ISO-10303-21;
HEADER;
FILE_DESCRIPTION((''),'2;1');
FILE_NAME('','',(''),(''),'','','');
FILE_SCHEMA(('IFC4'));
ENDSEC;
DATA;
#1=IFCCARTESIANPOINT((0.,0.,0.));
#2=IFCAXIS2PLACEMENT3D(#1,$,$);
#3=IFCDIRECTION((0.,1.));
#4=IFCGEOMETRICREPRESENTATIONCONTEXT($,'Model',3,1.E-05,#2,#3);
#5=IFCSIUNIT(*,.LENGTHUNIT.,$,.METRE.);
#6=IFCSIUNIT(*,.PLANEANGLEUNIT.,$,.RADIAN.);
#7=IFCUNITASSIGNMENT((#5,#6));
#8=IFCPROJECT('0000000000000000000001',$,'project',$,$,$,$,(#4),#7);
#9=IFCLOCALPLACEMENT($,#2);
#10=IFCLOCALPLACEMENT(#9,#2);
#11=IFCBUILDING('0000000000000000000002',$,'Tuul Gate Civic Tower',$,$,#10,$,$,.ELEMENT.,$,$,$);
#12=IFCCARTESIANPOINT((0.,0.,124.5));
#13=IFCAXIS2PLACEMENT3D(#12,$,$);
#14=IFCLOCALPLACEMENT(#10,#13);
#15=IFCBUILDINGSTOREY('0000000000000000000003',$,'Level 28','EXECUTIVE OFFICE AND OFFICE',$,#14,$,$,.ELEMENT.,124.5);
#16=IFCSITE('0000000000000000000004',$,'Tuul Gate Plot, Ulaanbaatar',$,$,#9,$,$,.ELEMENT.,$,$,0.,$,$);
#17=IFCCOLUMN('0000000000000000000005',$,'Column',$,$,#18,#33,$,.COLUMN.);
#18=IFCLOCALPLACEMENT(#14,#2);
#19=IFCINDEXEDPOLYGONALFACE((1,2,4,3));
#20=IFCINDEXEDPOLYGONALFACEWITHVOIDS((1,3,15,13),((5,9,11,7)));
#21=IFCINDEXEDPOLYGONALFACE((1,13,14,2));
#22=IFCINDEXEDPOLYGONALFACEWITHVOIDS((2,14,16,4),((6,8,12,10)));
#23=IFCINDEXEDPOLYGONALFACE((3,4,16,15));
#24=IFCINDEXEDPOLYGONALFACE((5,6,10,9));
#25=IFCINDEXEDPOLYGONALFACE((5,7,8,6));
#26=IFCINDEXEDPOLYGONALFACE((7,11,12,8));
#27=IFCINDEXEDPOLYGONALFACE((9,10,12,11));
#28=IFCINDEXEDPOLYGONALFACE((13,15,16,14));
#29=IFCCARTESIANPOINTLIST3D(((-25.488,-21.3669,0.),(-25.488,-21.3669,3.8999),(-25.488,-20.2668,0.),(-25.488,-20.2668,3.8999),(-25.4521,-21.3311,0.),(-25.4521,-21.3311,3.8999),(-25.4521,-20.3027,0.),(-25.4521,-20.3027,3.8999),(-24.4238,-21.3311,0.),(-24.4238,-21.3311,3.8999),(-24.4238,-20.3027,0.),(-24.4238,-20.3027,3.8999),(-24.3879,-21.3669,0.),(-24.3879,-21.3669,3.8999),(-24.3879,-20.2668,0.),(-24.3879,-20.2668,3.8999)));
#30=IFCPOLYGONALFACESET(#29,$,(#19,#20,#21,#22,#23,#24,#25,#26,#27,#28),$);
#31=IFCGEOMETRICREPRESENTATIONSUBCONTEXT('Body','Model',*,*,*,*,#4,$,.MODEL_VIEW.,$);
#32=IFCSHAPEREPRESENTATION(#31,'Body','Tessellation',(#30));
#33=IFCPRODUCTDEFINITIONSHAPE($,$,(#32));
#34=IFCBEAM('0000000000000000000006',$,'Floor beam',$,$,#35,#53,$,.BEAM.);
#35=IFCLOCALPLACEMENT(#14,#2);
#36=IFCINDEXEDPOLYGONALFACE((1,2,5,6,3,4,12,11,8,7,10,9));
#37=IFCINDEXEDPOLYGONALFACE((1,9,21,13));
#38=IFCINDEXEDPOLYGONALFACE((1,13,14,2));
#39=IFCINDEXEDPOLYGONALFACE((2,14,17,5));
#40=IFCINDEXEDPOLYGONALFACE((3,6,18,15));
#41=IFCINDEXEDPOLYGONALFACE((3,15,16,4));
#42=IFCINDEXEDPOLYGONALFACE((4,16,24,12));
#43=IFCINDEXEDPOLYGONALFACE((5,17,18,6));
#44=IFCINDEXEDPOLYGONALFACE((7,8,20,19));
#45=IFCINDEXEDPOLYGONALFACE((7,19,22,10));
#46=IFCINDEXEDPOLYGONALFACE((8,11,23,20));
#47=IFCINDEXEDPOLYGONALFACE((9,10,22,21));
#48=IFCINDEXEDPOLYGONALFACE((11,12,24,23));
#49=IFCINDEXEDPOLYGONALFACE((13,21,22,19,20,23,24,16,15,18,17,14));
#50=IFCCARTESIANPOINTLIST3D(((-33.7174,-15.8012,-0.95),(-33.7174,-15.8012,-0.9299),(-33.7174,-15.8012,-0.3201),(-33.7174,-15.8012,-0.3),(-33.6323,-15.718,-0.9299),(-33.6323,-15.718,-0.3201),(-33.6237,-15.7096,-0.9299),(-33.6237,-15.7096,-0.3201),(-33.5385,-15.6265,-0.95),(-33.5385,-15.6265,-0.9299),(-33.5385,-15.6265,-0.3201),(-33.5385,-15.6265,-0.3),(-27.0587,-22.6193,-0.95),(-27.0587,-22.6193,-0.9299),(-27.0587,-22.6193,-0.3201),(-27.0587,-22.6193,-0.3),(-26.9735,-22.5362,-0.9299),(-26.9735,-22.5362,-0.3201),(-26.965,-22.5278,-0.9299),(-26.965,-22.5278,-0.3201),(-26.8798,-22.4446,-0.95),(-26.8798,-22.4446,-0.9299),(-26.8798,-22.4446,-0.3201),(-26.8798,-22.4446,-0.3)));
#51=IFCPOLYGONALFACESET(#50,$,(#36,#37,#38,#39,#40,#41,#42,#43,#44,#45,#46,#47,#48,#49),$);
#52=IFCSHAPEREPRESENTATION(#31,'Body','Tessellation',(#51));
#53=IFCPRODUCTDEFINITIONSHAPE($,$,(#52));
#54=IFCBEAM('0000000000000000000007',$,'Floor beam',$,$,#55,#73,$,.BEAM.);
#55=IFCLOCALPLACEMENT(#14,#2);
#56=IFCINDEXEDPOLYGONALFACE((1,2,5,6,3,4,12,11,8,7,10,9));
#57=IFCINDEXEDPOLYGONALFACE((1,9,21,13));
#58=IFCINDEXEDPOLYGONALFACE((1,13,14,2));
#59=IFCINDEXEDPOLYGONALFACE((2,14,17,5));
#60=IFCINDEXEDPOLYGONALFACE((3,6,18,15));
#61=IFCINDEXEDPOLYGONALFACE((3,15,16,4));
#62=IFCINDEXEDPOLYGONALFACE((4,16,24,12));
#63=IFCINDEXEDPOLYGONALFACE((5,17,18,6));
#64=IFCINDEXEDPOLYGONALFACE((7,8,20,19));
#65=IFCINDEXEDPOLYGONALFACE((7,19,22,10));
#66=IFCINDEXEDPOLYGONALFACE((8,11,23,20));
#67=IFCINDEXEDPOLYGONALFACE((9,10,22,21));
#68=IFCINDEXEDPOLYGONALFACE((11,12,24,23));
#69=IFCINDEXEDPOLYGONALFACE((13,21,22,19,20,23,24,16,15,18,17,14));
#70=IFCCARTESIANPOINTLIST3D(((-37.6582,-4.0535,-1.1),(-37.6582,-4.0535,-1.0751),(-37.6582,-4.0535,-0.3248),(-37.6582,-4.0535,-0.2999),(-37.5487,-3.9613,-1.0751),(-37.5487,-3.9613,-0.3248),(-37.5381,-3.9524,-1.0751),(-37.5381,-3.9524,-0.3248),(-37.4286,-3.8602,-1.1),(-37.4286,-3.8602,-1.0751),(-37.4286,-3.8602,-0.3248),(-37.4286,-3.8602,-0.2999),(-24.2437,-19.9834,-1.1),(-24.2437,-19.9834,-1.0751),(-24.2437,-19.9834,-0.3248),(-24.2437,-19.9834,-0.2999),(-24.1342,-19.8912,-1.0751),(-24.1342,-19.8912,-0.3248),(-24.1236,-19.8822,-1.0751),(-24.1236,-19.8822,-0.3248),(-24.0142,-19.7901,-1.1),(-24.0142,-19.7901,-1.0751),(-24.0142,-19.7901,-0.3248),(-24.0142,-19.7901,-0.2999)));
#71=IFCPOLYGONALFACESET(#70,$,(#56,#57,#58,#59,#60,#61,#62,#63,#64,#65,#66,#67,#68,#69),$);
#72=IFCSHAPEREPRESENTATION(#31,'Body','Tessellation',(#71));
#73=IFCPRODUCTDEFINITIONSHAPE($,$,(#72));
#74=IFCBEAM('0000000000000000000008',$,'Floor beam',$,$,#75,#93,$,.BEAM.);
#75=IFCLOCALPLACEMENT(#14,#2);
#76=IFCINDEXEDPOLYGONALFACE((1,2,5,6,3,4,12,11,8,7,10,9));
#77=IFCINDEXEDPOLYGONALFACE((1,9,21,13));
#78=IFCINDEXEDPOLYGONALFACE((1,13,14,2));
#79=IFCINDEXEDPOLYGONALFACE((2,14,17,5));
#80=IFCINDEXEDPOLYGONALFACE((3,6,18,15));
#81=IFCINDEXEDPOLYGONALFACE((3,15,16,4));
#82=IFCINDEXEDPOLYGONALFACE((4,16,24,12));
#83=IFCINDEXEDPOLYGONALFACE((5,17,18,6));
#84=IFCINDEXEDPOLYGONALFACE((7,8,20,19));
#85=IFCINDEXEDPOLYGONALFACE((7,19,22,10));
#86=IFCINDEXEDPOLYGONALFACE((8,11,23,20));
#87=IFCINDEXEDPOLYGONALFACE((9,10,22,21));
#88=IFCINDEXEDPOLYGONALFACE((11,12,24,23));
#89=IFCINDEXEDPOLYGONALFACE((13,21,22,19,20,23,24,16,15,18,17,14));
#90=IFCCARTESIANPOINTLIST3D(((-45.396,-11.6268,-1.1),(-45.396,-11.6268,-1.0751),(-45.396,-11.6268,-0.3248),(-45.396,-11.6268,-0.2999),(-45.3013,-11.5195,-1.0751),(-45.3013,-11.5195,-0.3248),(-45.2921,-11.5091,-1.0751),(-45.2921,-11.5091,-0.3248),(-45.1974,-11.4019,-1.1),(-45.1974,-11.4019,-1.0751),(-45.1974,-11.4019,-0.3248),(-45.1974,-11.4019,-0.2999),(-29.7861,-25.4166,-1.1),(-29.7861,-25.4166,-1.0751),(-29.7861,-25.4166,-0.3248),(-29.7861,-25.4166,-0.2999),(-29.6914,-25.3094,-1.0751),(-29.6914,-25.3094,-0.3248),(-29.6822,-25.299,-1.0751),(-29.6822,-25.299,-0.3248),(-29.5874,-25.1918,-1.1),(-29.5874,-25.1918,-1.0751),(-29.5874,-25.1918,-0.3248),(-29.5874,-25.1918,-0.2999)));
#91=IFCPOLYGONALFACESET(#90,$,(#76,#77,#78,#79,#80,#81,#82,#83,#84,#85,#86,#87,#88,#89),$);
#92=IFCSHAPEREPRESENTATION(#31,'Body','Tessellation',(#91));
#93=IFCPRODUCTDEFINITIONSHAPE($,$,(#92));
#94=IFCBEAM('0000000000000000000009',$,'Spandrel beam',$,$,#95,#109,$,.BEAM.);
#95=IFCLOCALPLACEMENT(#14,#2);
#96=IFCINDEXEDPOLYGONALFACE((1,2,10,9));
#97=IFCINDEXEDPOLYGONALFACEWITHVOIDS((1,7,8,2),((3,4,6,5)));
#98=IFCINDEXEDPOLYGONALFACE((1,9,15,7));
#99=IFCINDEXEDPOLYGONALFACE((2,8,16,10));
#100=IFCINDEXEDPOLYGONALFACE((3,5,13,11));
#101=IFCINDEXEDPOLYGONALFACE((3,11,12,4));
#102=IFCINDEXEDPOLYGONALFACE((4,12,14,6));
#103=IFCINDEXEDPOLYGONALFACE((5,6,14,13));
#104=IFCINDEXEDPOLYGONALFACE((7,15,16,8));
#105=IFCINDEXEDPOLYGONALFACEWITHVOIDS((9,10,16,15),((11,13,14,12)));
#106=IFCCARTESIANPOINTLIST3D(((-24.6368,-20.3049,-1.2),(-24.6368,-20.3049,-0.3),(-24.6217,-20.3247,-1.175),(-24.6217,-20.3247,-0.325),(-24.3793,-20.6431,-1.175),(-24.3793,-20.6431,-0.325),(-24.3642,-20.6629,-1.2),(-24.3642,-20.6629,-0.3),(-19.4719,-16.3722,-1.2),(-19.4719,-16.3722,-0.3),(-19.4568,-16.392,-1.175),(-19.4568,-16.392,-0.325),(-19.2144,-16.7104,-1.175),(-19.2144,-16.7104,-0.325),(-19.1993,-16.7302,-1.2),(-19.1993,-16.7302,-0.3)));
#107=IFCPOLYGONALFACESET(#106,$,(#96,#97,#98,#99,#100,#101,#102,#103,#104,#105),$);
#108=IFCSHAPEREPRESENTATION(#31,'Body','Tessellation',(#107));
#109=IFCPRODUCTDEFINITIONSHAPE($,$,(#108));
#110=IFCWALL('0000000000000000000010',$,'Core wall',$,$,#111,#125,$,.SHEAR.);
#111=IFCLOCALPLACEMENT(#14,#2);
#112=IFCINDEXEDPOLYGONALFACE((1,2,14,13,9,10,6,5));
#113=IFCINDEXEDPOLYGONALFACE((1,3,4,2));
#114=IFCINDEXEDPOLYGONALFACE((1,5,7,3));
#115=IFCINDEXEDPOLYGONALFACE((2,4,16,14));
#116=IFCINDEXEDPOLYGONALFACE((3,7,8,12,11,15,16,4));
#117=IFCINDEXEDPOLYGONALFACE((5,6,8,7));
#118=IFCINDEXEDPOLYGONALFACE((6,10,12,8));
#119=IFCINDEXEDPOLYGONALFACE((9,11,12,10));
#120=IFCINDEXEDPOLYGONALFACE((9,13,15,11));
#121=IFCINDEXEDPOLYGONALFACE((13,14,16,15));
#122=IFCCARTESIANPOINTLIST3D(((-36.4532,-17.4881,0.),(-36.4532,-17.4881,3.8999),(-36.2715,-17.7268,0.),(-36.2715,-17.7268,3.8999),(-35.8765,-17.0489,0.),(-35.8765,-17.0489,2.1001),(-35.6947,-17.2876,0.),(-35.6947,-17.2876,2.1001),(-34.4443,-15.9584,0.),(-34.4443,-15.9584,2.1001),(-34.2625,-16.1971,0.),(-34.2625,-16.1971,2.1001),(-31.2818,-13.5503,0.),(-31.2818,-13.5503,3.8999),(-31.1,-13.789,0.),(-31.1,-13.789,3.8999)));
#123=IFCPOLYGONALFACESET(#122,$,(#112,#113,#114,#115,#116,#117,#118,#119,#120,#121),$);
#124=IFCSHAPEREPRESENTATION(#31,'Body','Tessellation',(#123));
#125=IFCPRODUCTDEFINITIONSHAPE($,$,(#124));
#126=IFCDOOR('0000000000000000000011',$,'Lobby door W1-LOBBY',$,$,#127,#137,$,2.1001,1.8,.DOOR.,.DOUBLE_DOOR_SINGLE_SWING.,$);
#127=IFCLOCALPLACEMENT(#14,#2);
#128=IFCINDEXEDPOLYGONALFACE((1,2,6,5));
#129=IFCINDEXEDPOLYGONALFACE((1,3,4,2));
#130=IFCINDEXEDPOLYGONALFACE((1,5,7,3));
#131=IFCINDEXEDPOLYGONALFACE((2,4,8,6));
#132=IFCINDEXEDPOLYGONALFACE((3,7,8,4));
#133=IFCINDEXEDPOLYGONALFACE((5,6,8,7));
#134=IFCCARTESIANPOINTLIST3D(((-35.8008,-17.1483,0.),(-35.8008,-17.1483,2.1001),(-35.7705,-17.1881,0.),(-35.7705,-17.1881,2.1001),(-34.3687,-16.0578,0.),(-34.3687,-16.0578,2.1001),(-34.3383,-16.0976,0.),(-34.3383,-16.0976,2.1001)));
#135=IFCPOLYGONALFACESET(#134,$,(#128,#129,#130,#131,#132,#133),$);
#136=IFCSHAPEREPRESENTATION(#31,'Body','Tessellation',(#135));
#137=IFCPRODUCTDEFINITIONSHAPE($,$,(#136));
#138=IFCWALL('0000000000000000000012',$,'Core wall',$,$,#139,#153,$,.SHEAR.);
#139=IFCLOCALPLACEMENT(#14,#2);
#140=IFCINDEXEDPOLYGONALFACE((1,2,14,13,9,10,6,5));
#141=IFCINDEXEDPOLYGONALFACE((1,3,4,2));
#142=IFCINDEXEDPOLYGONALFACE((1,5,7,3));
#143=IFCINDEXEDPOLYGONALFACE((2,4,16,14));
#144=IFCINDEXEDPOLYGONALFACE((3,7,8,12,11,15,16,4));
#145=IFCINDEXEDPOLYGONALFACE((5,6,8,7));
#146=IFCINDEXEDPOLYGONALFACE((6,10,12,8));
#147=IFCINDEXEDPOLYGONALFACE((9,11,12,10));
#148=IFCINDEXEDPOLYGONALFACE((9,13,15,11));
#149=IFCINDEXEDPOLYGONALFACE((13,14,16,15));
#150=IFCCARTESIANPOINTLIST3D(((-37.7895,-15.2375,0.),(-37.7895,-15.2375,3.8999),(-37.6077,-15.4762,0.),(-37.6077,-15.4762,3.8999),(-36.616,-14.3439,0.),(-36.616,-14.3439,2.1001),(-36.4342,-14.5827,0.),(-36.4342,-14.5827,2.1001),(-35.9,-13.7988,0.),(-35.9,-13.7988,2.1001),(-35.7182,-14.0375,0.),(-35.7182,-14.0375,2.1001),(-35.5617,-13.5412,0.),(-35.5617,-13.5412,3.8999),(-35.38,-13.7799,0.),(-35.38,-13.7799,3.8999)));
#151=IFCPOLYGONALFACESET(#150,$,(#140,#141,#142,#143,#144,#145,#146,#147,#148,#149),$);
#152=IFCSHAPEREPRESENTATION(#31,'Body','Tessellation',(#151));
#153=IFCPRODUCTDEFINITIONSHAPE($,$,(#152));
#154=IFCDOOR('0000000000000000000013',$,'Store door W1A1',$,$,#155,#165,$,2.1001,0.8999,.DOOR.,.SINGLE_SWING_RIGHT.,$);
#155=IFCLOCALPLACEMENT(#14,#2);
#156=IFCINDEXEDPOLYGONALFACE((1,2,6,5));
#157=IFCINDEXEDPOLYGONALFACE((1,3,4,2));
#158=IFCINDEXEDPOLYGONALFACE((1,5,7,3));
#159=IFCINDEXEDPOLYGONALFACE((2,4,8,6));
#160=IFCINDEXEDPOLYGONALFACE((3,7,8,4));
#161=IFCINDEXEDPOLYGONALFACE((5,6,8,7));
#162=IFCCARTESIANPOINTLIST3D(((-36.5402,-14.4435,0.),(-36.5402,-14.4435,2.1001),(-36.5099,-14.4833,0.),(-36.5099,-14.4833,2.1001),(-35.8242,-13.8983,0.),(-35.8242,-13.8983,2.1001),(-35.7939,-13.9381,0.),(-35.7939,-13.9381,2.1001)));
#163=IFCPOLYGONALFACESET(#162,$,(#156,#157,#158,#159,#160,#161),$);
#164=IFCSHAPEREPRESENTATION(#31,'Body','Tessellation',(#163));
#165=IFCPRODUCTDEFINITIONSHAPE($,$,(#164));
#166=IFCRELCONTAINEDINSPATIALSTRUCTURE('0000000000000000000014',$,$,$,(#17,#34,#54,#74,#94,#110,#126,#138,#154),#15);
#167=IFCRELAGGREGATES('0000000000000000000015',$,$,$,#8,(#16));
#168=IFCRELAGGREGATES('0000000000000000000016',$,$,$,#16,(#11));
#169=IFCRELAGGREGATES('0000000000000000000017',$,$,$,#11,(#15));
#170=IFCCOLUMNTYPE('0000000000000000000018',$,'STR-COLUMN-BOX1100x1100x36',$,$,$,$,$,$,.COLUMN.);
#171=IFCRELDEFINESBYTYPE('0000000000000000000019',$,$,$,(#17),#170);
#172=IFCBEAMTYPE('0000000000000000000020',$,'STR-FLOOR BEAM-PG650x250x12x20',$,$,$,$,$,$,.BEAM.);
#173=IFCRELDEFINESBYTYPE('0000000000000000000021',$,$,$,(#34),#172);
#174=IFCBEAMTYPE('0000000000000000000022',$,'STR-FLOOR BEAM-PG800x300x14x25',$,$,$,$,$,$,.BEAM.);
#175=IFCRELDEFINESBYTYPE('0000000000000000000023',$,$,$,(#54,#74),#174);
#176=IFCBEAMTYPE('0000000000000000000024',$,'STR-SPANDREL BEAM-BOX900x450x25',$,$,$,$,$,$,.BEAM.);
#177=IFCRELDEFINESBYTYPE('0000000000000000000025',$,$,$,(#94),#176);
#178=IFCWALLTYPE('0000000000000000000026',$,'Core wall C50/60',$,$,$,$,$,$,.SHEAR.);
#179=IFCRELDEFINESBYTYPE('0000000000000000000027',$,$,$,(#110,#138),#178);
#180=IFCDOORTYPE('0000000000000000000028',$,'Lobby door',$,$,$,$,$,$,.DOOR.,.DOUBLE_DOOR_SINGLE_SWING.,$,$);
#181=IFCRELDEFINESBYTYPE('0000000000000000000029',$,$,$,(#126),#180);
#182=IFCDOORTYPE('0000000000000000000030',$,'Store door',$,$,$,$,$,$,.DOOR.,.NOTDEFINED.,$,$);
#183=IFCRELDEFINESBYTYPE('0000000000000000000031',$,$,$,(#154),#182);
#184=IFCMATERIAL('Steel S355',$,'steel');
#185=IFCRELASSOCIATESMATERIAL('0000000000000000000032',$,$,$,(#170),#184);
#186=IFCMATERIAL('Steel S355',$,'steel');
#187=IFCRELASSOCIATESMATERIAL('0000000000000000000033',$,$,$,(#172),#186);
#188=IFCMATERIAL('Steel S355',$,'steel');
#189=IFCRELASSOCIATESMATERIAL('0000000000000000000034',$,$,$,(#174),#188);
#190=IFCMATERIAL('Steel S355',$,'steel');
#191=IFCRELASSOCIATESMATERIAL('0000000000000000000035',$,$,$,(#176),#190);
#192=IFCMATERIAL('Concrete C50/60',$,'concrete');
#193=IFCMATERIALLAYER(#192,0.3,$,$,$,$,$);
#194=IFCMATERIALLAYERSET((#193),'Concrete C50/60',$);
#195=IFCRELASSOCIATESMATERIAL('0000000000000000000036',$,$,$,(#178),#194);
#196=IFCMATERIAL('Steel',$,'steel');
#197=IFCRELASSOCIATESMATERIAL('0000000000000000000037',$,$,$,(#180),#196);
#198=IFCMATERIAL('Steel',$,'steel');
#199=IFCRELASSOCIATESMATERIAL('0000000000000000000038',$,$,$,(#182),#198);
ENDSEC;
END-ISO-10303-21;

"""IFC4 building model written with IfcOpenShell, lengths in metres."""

from ifc_helpers import new_model, si_unit, direction, frame, frame_2d, origin, origin_2d, place, context, subcontext, project, spatial, rectangle, hollow_rectangle, i_section, extrude, material, layer, layer_set, material_profile, profile_set, type_object, element, fill, save


model = new_model("IFC4")

# Units and contexts
model_context = context("Model", 3, precision=1e-05, world=origin(), true_north=direction((0.0, 1.0)))
body_context = subcontext(model_context, "Body", "Model", "MODEL_VIEW")
ifc_project = project(units=[si_unit("LENGTHUNIT", "METRE"), si_unit("PLANEANGLEUNIT", "RADIAN")], contexts=[model_context])

# Site, building, storey
site_placement = place(None, origin())
site = spatial("IfcSite", under=ifc_project, at=site_placement, Name="Tuul Gate Plot, Ulaanbaatar", CompositionType="ELEMENT", RefElevation=0.0)
building_placement = place(site_placement, origin())
building = spatial("IfcBuilding", under=site, at=building_placement, Name="Tuul Gate Civic Tower", CompositionType="ELEMENT")
storey_placement = place(building_placement, frame((0.0, 0.0, 124.5)))
storey = spatial("IfcBuildingStorey", under=building, at=storey_placement, Name="Level 28", Description="EXECUTIVE OFFICE AND OFFICE", CompositionType="ELEMENT", Elevation=124.5)

# Column
ifc_material_1 = material(Name="Steel S355", Category="steel")
ifc_material_profile_1 = material_profile(ifc_material_1, hollow_rectangle(XDim=1.1001, YDim=1.1001, WallThickness=0.0359, at=origin_2d()), Name="BOX1100x1100x36")
ifc_profile_set_1 = profile_set([ifc_material_profile_1], Name="Steel S355")
column_type = type_object("IfcColumnType", Name="STR-COLUMN-BOX1100x1100x36", PredefinedType="COLUMN", material=ifc_profile_set_1)
column_placement = place(storey_placement, frame((-24.938, -20.8169, 0.0), z_axis=(0.0, 0.0, 1.0), x_axis=(1.0, 0.0, 0.0)))
element("IfcColumn", 1, at=column_placement, inside=storey, type_object=column_type, Name="Column", PredefinedType="COLUMN", context=body_context, shape_type="SweptSolid", body=[
    extrude(hollow_rectangle(XDim=1.1001, YDim=1.1001, WallThickness=0.0359, at=origin_2d()), origin(), (0.0, 0.0, 1.0), 3.8999),
])

# Beams
ifc_material_2 = material(Name="Steel S355", Category="steel")
ifc_material_profile_2 = material_profile(ifc_material_2, i_section(OverallWidth=0.25, OverallDepth=0.6499, WebThickness=0.012, FlangeThickness=0.02, at=origin_2d()), Name="PG650x250x12x20")
ifc_profile_set_2 = profile_set([ifc_material_profile_2], Name="Steel S355")
beam_type_1 = type_object("IfcBeamType", Name="STR-FLOOR BEAM-PG650x250x12x20", PredefinedType="BEAM", material=ifc_profile_set_2)
beam_1_placement = place(storey_placement, frame((-26.9692, -22.532, -0.625), z_axis=(-0.698693, 0.715421, 0.0), x_axis=(-0.715421, -0.698693, 0.0)))
element("IfcBeam", 2, at=beam_1_placement, inside=storey, type_object=beam_type_1, Name="Floor beam", PredefinedType="BEAM", context=body_context, shape_type="SweptSolid", body=[
    extrude(i_section(OverallWidth=0.25, OverallDepth=0.6499, WebThickness=0.012, FlangeThickness=0.02, at=origin_2d()), origin(), (0.0, 0.0, 1.0), 9.5303),
])
ifc_material_3 = material(Name="Steel S355", Category="steel")
ifc_material_profile_3 = material_profile(ifc_material_3, i_section(OverallWidth=0.3, OverallDepth=0.8, WebThickness=0.0139, FlangeThickness=0.0249, at=origin_2d()), Name="PG800x300x14x25")
ifc_profile_set_3 = profile_set([ifc_material_profile_3], Name="Steel S355")
beam_type_2 = type_object("IfcBeamType", Name="STR-FLOOR BEAM-PG800x300x14x25", PredefinedType="BEAM", material=ifc_profile_set_3)
beam_2_placement = place(storey_placement, frame((-24.1289, -19.8867, -0.7), z_axis=(-0.644132, 0.764914, 0.0), x_axis=(-0.764914, -0.644132, 0.0)))
element("IfcBeam", 3, at=beam_2_placement, inside=storey, type_object=beam_type_2, Name="Floor beam", PredefinedType="BEAM", context=body_context, shape_type="SweptSolid", body=[
    extrude(i_section(OverallWidth=0.3, OverallDepth=0.8, WebThickness=0.0139, FlangeThickness=0.0249, at=origin_2d()), origin(), (0.0, 0.0, 1.0), 20.8257),
])
beam_3_placement = place(storey_placement, frame((-29.6868, -25.3042, -0.7), z_axis=(-0.749447, 0.662064, 0.0), x_axis=(-0.662064, -0.749447, 0.0)))
element("IfcBeam", 4, at=beam_3_placement, inside=storey, type_object=beam_type_2, Name="Floor beam", PredefinedType="BEAM", context=body_context, shape_type="SweptSolid", body=[
    extrude(i_section(OverallWidth=0.3, OverallDepth=0.8, WebThickness=0.0139, FlangeThickness=0.0249, at=origin_2d()), origin(), (0.0, 0.0, 1.0), 20.8286),
])
ifc_material_4 = material(Name="Steel S355", Category="steel")
ifc_material_profile_4 = material_profile(ifc_material_4, hollow_rectangle(XDim=0.45, YDim=0.8999, WallThickness=0.0249, at=origin_2d()), Name="BOX900x450x25")
ifc_profile_set_4 = profile_set([ifc_material_profile_4], Name="Steel S355")
beam_type_3 = type_object("IfcBeamType", Name="STR-SPANDREL BEAM-BOX900x450x25", PredefinedType="BEAM", material=ifc_profile_set_4)
beam_4_placement = place(storey_placement, frame((-24.5005, -20.4839, -0.75), z_axis=(0.795615, 0.605803, 0.0), x_axis=(-0.605803, 0.795615, 0.0)))
element("IfcBeam", 5, at=beam_4_placement, inside=storey, type_object=beam_type_3, Name="Spandrel beam", PredefinedType="BEAM", context=body_context, shape_type="SweptSolid", body=[
    extrude(hollow_rectangle(XDim=0.45, YDim=0.8999, WallThickness=0.0249, at=origin_2d()), origin(), (0.0, 0.0, 1.0), 6.4917),
])

# Walls, openings, doors
ifc_material_5 = material(Name="Concrete C50/60", Category="concrete")
ifc_layer_1 = layer(ifc_material_5, 0.3)
ifc_layer_set_1 = layer_set([ifc_layer_1], Name="Concrete C50/60")
wall_type_1 = type_object("IfcWallType", Name="Core wall C50/60", PredefinedType="SHEAR", material=ifc_layer_set_1)
wall_1_placement = place(storey_placement, frame((-31.1909, -13.6697, 0.0), z_axis=(0.0, 0.0, 1.0), x_axis=(-0.795607, -0.605813, 0.0)))
wall_1 = element("IfcWall", 6, at=wall_1_placement, inside=storey, type_object=wall_type_1, Name="Core wall", PredefinedType="SHEAR", context=body_context, shape_type="SweptSolid", body=[
    extrude(rectangle(XDim=6.5, YDim=0.3, at=frame_2d((3.25, 0.0))), origin(), (0.0, 0.0, 1.0), 3.8999),
])
opening_1_placement = place(wall_1_placement, frame((3.9751, 0.0, 0.0)))
opening_1 = element("IfcOpeningElement", 7, at=opening_1_placement, cuts=wall_1, PredefinedType="OPENING", context=body_context, shape_type="SweptSolid", body=[
    extrude(rectangle(XDim=1.8, YDim=2.1001, at=frame_2d((0.8999, 1.05))), frame((0.0, 0.1602, 0.0), z_axis=(0.0, -1.0, 0.0), x_axis=(1.0, 0.0, 0.0)), (0.0, 0.0, 1.0), 0.3201),
])
ifc_material_6 = material(Name="Steel", Category="steel")
door_type_1 = type_object("IfcDoorType", Name="Lobby door", OperationType="DOUBLE_DOOR_SINGLE_SWING", PredefinedType="DOOR", material=ifc_material_6)
door_1_placement = place(opening_1_placement, origin())
door_1 = element("IfcDoor", 8, at=door_1_placement, inside=storey, type_object=door_type_1, Name="Lobby door W1-LOBBY", OperationType="DOUBLE_DOOR_SINGLE_SWING", OverallHeight=2.1001, OverallWidth=1.8, PredefinedType="DOOR", context=body_context, shape_type="SweptSolid", body=[
    extrude(rectangle(XDim=1.8, YDim=2.1001, at=frame_2d((0.8999, 1.05))), frame((0.0, 0.0249, 0.0), z_axis=(0.0, -1.0, 0.0), x_axis=(1.0, 0.0, 0.0)), (0.0, 0.0, 1.0), 0.05),
])
fill(opening_1, door_1)
wall_2_placement = place(storey_placement, frame((-35.4709, -13.6606, 0.0), z_axis=(0.0, 0.0, 1.0), x_axis=(-0.795616, -0.605802, 0.0)))
wall_2 = element("IfcWall", 9, at=wall_2_placement, inside=storey, type_object=wall_type_1, Name="Core wall", PredefinedType="SHEAR", context=body_context, shape_type="SweptSolid", body=[
    extrude(rectangle(XDim=2.8, YDim=0.3, at=frame_2d((1.3999, 0.0))), origin(), (0.0, 0.0, 1.0), 3.8999),
])
opening_2_placement = place(wall_2_placement, frame((0.425, 0.0, 0.0)))
opening_2 = element("IfcOpeningElement", 10, at=opening_2_placement, cuts=wall_2, PredefinedType="OPENING", context=body_context, shape_type="SweptSolid", body=[
    extrude(rectangle(XDim=0.8999, YDim=2.1001, at=frame_2d((0.45, 1.05))), frame((0.0, 0.1602, 0.0), z_axis=(0.0, -1.0, 0.0), x_axis=(1.0, 0.0, 0.0)), (0.0, 0.0, 1.0), 0.3201),
])
ifc_material_7 = material(Name="Steel", Category="steel")
door_type_2 = type_object("IfcDoorType", Name="Store door", OperationType="NOTDEFINED", PredefinedType="DOOR", material=ifc_material_7)
door_2_placement = place(opening_2_placement, frame((0.8999, 0.0, 0.0), z_axis=(0.0, 0.0, 1.0), x_axis=(-1.0, 0.0, 0.0)))
door_2 = element("IfcDoor", 11, at=door_2_placement, inside=storey, type_object=door_type_2, Name="Store door W1A1", OperationType="SINGLE_SWING_RIGHT", OverallHeight=2.1001, OverallWidth=0.8999, PredefinedType="DOOR", context=body_context, shape_type="SweptSolid", body=[
    extrude(rectangle(XDim=0.8999, YDim=2.1001, at=frame_2d((0.45, 1.05))), frame((0.0, 0.0249, 0.0), z_axis=(0.0, -1.0, 0.0), x_axis=(1.0, 0.0, 0.0)), (0.0, 0.0, 1.0), 0.05),
])
fill(opening_2, door_2)

save(model, "model.ifc")
